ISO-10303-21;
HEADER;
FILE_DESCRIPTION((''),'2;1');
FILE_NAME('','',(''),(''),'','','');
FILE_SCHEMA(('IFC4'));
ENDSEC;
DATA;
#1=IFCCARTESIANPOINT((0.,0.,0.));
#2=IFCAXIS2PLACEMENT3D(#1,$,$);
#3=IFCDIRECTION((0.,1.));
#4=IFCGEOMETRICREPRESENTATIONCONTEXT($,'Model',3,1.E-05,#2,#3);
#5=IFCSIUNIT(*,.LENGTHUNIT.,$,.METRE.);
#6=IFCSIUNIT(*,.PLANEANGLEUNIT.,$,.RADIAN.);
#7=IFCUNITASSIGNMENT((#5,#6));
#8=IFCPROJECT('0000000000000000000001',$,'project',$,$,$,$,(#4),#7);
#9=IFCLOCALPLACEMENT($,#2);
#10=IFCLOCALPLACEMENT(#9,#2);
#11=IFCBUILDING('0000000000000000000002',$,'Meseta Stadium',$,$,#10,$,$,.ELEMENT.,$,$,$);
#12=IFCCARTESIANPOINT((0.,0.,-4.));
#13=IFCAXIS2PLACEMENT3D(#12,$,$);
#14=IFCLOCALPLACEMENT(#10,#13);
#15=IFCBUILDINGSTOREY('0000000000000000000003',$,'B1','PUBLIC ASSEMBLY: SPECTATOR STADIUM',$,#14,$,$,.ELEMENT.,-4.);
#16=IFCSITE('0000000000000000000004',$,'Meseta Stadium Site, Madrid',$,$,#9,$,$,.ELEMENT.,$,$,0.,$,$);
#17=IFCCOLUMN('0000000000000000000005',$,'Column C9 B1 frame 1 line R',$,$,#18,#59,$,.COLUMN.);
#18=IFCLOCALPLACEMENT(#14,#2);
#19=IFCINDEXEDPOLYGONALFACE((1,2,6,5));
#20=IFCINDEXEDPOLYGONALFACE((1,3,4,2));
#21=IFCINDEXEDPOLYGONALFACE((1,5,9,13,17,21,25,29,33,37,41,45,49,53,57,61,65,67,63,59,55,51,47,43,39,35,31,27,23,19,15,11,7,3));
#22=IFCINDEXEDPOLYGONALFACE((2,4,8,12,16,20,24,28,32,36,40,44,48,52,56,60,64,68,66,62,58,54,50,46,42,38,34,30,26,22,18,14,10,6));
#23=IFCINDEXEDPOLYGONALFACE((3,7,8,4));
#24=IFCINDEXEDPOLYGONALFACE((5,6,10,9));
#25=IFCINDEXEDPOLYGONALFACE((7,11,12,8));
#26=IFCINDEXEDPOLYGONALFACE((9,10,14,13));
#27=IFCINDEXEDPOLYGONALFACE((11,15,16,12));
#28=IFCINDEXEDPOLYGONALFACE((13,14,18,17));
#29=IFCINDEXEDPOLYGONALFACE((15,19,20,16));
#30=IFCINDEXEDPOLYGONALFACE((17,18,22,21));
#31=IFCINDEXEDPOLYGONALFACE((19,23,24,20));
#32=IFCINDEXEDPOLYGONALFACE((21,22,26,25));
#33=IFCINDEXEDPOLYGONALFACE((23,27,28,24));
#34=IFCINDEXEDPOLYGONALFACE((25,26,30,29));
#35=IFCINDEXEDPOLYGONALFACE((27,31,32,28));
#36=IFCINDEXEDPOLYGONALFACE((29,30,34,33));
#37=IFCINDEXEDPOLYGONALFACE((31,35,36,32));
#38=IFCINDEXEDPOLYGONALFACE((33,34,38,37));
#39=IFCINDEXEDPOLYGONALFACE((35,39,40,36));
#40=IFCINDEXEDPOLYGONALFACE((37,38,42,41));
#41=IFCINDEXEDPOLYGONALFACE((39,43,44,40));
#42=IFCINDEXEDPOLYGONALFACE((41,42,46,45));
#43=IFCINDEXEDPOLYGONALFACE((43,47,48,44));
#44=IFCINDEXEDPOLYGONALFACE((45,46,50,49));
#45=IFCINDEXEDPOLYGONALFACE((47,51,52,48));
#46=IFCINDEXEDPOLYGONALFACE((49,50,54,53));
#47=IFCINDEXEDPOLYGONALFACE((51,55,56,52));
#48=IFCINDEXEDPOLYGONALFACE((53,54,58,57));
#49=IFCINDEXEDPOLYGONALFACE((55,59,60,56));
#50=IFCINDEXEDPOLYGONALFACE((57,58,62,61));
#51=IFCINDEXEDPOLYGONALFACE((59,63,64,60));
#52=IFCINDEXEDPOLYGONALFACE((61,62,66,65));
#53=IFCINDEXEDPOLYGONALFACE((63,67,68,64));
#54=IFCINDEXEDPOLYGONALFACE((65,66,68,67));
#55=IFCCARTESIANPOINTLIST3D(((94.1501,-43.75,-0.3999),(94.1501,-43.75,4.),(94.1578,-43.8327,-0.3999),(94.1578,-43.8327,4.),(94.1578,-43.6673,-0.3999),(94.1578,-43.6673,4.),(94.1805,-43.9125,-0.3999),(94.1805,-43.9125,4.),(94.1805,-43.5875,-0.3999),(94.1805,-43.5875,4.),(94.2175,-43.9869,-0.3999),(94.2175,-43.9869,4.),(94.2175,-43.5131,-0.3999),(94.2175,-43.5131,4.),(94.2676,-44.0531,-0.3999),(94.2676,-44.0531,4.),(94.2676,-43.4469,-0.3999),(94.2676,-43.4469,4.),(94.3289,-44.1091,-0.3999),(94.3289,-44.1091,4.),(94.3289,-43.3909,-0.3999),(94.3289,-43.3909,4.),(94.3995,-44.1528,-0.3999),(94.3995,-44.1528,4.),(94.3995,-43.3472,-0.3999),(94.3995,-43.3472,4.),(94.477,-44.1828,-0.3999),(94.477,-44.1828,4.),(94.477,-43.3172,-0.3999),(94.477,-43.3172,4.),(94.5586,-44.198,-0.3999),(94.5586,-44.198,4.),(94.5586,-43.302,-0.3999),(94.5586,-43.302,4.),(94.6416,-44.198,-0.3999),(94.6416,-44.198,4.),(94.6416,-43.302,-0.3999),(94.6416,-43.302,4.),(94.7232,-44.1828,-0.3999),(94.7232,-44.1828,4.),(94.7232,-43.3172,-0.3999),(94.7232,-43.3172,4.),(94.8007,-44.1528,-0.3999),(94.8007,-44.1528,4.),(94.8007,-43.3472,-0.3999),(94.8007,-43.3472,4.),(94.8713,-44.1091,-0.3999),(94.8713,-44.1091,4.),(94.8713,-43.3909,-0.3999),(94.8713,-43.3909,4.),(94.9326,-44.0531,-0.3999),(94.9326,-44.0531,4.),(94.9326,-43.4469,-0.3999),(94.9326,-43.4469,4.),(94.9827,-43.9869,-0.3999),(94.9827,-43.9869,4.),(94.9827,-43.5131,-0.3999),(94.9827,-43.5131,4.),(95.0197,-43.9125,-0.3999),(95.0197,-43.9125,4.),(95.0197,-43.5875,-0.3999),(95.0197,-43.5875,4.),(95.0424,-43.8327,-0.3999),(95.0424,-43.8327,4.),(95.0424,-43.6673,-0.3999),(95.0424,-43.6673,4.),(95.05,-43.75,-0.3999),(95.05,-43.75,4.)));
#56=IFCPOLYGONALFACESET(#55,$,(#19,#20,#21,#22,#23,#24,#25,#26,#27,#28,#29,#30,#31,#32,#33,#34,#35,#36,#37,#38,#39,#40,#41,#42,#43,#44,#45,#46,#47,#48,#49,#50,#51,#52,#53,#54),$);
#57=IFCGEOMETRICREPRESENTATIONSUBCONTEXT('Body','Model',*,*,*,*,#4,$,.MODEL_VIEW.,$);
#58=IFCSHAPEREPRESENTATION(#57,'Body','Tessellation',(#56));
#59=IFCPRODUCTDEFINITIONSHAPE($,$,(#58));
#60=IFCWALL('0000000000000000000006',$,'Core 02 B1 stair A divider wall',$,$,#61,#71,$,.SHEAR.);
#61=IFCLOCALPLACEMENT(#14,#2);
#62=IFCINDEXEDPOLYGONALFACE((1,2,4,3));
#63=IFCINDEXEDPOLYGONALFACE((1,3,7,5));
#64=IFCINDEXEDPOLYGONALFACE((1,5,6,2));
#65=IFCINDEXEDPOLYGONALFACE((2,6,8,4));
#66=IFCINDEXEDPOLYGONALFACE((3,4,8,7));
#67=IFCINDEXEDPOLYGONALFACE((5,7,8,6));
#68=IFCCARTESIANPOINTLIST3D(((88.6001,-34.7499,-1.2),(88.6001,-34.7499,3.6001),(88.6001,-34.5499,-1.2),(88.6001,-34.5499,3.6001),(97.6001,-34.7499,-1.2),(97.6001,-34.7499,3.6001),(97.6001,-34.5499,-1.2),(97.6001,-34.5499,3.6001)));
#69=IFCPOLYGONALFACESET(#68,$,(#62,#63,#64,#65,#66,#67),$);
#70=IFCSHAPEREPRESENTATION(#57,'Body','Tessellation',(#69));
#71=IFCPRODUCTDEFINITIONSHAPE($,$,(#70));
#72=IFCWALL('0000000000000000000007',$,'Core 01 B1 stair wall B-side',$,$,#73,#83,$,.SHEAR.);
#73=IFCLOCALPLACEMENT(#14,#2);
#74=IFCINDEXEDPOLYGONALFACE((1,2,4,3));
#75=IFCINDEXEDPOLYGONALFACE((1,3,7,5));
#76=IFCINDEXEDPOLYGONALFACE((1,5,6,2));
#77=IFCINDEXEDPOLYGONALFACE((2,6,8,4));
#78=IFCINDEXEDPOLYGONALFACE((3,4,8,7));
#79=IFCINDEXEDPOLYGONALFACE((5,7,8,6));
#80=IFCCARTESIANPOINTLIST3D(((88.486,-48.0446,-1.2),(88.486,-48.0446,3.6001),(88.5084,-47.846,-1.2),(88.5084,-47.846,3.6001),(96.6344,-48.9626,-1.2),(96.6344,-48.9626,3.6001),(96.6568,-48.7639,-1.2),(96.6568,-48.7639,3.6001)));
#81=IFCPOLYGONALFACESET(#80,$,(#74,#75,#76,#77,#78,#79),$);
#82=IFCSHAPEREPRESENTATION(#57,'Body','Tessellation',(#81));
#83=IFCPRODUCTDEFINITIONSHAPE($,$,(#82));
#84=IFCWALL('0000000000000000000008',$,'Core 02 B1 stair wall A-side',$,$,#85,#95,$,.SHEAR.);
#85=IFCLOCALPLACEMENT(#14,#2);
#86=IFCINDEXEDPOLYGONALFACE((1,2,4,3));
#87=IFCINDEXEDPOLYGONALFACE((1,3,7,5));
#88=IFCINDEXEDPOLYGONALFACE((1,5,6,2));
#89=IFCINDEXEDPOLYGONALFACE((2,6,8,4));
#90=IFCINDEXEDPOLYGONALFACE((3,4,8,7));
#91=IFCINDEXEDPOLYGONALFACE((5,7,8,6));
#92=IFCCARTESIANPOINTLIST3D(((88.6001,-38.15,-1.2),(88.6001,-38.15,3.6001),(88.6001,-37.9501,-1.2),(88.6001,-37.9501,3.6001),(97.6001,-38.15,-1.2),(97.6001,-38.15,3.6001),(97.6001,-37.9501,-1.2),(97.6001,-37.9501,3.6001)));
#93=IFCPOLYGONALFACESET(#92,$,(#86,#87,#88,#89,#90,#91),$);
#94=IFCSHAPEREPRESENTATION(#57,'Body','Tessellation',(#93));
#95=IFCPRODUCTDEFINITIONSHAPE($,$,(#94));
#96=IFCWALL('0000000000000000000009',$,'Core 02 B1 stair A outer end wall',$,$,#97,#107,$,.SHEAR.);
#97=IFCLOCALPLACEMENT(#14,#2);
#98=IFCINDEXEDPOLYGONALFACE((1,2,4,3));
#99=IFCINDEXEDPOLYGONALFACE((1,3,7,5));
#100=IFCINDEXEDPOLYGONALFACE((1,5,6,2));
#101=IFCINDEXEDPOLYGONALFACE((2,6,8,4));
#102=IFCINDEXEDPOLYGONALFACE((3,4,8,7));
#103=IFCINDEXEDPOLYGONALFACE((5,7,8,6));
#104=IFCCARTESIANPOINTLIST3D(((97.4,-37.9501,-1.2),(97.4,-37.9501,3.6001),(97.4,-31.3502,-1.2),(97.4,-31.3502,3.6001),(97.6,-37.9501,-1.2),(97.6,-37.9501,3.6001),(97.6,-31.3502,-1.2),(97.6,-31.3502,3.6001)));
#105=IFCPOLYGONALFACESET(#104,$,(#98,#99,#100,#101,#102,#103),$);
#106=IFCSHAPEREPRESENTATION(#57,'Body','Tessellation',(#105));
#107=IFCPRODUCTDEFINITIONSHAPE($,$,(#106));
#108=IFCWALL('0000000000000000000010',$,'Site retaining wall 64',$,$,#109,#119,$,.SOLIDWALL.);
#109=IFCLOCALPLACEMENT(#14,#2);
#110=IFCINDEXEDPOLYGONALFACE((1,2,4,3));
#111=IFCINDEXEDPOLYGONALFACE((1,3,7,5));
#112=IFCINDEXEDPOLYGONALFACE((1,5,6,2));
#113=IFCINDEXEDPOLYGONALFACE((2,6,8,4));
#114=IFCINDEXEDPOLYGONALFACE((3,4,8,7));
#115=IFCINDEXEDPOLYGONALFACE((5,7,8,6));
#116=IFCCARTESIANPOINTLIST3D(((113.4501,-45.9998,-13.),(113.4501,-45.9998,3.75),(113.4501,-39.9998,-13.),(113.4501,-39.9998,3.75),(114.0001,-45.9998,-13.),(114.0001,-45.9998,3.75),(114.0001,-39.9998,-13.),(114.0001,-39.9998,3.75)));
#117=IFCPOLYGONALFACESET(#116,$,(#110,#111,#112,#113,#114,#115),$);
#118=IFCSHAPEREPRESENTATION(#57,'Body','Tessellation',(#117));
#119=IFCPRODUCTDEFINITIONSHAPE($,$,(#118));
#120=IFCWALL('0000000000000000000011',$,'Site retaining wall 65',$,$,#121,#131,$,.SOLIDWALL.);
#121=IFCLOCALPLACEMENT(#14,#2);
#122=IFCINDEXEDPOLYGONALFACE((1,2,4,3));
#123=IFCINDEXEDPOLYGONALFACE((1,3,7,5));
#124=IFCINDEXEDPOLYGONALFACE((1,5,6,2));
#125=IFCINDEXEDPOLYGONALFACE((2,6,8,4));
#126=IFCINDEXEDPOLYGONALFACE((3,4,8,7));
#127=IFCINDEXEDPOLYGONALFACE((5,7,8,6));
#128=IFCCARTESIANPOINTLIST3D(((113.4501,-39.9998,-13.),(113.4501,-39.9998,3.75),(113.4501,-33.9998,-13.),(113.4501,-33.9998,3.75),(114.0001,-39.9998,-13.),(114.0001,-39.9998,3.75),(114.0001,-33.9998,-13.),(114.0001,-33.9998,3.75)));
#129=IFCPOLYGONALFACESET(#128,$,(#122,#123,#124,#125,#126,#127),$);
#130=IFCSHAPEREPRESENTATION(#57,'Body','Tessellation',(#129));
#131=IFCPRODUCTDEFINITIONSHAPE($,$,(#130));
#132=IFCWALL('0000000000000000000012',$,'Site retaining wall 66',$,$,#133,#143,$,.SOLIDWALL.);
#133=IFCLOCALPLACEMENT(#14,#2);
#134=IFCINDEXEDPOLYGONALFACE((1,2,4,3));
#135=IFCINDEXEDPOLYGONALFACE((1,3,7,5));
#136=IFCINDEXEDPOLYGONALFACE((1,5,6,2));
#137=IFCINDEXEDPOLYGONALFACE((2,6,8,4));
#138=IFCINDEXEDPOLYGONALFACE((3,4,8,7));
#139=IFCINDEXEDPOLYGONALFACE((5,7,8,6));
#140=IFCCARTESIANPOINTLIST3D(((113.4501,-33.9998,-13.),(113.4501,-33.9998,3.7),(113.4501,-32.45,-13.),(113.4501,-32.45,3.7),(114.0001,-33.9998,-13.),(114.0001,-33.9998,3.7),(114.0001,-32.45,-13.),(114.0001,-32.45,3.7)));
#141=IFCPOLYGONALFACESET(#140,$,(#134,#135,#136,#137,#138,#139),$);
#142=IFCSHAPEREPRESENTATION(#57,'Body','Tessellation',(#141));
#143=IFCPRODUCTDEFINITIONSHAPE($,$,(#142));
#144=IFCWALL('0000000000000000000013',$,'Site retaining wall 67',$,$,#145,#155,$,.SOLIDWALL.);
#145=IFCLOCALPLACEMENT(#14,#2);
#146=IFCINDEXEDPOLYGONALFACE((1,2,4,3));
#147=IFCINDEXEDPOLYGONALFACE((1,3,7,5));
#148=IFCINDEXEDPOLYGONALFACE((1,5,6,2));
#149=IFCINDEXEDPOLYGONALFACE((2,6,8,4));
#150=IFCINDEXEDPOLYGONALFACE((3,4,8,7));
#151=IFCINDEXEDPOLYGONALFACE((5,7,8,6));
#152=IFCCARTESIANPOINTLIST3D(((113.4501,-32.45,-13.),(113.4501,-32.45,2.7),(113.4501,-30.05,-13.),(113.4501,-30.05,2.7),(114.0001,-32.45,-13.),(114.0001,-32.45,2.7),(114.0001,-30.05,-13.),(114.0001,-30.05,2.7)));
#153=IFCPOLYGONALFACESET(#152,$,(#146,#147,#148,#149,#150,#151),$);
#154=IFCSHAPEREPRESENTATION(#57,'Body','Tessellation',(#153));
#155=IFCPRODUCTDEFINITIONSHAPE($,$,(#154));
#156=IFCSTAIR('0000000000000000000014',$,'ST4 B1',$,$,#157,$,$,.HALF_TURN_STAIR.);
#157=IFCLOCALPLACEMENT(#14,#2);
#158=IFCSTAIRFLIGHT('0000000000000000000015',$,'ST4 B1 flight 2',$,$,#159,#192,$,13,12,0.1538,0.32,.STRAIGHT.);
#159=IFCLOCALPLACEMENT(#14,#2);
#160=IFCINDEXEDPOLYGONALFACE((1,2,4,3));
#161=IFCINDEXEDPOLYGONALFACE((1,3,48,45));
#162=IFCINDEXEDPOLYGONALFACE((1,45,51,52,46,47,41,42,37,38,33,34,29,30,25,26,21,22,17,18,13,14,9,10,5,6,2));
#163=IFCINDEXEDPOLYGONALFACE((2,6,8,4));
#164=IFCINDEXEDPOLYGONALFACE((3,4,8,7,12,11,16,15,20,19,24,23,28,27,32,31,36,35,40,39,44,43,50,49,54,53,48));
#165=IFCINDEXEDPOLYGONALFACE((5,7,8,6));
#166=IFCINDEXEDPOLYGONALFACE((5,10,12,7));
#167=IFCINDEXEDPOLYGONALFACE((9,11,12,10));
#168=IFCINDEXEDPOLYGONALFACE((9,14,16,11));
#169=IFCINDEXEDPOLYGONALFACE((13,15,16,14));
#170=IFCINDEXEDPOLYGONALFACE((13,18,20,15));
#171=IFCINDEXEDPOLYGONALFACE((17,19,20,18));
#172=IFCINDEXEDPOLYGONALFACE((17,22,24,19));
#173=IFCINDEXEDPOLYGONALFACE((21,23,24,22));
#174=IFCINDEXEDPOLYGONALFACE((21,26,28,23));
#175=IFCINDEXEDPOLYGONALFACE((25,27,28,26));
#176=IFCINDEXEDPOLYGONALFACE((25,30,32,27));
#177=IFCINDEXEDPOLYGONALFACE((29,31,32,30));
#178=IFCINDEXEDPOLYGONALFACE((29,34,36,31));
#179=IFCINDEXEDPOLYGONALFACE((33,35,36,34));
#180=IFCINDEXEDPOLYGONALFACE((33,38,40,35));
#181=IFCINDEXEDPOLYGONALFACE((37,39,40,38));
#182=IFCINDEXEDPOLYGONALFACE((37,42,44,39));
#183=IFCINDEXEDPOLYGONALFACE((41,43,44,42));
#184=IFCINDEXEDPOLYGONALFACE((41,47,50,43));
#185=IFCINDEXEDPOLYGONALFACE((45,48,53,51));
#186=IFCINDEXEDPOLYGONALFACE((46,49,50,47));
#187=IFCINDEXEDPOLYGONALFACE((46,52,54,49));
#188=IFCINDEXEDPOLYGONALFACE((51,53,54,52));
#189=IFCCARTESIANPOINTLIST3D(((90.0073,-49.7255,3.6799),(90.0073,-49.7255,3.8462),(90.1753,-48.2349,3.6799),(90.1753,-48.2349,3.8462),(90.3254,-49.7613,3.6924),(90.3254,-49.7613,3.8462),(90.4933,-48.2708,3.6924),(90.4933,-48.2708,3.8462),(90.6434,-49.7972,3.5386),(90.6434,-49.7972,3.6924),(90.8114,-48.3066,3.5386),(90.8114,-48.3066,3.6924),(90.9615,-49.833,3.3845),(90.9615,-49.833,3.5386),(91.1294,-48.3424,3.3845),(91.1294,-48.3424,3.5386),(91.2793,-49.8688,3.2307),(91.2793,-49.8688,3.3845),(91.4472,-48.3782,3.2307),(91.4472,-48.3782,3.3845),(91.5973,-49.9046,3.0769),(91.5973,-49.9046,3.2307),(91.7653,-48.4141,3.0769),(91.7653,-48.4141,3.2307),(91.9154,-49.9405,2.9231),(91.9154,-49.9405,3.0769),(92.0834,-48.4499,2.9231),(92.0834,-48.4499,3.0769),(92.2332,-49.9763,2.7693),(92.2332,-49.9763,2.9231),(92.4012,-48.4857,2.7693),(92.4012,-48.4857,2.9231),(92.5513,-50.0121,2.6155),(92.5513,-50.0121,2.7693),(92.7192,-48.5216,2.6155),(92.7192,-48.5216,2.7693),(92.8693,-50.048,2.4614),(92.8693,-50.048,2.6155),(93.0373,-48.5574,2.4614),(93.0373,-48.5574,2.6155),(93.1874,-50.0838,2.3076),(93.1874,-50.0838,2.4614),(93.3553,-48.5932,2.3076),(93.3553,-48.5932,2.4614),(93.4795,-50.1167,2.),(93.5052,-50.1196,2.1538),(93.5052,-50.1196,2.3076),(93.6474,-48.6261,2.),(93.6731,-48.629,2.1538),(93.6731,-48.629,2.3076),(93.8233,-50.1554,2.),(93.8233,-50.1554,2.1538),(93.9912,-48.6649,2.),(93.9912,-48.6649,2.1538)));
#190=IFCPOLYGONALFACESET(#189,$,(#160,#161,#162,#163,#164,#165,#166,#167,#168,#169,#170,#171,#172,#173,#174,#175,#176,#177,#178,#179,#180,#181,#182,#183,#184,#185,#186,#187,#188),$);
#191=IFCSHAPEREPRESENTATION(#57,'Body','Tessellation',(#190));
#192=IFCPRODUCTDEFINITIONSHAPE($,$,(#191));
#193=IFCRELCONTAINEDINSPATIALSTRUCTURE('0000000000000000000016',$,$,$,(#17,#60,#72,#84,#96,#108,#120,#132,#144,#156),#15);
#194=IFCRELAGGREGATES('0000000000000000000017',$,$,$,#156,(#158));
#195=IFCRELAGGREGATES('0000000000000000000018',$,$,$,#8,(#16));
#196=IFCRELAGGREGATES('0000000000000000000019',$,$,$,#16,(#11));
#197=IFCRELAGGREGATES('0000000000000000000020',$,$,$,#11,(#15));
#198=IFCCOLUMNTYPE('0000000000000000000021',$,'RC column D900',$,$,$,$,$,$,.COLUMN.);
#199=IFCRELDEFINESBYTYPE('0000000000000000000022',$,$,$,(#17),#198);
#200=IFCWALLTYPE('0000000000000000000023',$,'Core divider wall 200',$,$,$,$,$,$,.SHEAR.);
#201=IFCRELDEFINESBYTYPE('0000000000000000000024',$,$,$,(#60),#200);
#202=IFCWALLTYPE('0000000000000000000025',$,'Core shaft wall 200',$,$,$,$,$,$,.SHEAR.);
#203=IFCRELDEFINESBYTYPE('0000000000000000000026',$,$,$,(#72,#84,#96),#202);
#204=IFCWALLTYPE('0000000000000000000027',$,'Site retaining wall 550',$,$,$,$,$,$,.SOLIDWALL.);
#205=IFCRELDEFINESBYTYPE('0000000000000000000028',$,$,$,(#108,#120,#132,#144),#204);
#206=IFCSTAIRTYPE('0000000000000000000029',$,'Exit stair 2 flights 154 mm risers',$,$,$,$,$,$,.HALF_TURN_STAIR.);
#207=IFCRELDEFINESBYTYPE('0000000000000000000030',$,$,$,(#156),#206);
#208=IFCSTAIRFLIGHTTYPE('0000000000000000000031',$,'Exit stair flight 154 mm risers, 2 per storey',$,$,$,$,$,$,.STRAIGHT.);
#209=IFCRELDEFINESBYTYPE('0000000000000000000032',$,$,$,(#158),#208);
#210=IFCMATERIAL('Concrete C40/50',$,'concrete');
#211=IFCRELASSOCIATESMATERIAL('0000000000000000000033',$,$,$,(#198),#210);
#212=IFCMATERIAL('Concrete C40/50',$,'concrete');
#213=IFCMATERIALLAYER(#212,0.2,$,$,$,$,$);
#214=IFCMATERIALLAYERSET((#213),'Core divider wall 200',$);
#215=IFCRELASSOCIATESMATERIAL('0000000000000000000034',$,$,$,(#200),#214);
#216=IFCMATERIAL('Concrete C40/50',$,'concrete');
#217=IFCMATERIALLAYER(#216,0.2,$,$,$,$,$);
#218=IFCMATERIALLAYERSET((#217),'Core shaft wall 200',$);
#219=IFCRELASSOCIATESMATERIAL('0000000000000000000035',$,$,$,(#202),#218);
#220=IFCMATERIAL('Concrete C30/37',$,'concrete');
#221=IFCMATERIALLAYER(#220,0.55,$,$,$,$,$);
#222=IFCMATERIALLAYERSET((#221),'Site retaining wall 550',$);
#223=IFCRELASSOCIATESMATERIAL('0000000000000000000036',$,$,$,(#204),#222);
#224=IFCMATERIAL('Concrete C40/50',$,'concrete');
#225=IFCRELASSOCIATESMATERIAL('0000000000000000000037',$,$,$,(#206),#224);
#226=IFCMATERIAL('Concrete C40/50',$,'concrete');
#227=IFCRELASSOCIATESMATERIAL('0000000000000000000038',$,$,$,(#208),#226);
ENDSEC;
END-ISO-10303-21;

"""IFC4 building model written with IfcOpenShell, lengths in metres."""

from ifc_helpers import new_model, si_unit, direction, frame, frame_2d, origin, origin_2d, place, context, subcontext, project, spatial, polyline, rectangle, circle, outline, extrude, material, layer, layer_set, material_profile, profile_set, type_object, element, aggregate, save


model = new_model("IFC4")

# Units and contexts
model_context = context("Model", 3, precision=1e-05, world=origin(), true_north=direction((0.0, 1.0)))
body_context = subcontext(model_context, "Body", "Model", "MODEL_VIEW")
ifc_project = project(units=[si_unit("LENGTHUNIT", "METRE"), si_unit("PLANEANGLEUNIT", "RADIAN")], contexts=[model_context])

# Site, building, storey
site_placement = place(None, origin())
site = spatial("IfcSite", under=ifc_project, at=site_placement, Name="Meseta Stadium Site, Madrid", CompositionType="ELEMENT", RefElevation=0.0)
building_placement = place(site_placement, origin())
building = spatial("IfcBuilding", under=site, at=building_placement, Name="Meseta Stadium", CompositionType="ELEMENT")
storey_placement = place(building_placement, frame((0.0, 0.0, -4.0)))
storey = spatial("IfcBuildingStorey", under=building, at=storey_placement, Name="B1", Description="PUBLIC ASSEMBLY: SPECTATOR STADIUM", CompositionType="ELEMENT", Elevation=-4.0)

# Column
ifc_material_1 = material(Name="Concrete C40/50", Category="concrete")
ifc_material_profile = material_profile(ifc_material_1, circle(Radius=0.45, at=origin_2d()), Name="RC D900")
ifc_profile_set = profile_set([ifc_material_profile], Name="Concrete C40/50")
column_type = type_object("IfcColumnType", Name="RC column D900", PredefinedType="COLUMN", material=ifc_profile_set)
column_placement = place(storey_placement, frame((94.6001, -43.75, -0.3999), z_axis=(0.0, 0.0, 1.0), x_axis=(1.0, 0.0, 0.0)))
element("IfcColumn", 1, at=column_placement, inside=storey, type_object=column_type, Name="Column C9 B1 frame 1 line R", PredefinedType="COLUMN", context=body_context, shape_type="SweptSolid", body=[
    extrude(circle(Radius=0.45, at=origin_2d()), origin(), (0.0, 0.0, 1.0), 4.3999),
])

# Walls
ifc_material_2 = material(Name="Concrete C40/50", Category="concrete")
ifc_layer_1 = layer(ifc_material_2, 0.2)
ifc_layer_set_1 = layer_set([ifc_layer_1], Name="Core divider wall 200")
wall_type_1 = type_object("IfcWallType", Name="Core divider wall 200", PredefinedType="SHEAR", material=ifc_layer_set_1)
wall_1_placement = place(storey_placement, frame((97.6001, -34.6499, -1.2), z_axis=(0.0, 0.0, 1.0), x_axis=(-1.0, 0.0, 0.0)))
element("IfcWall", 2, at=wall_1_placement, inside=storey, type_object=wall_type_1, Name="Core 02 B1 stair A divider wall", PredefinedType="SHEAR", context=body_context, shape_type="SweptSolid", body=[
    extrude(rectangle(XDim=9.0, YDim=0.2, at=frame_2d((4.5, 0.0))), origin(), (0.0, 0.0, 1.0), 4.8),
])
ifc_material_3 = material(Name="Concrete C40/50", Category="concrete")
ifc_layer_2 = layer(ifc_material_3, 0.2)
ifc_layer_set_2 = layer_set([ifc_layer_2], Name="Core shaft wall 200")
wall_type_2 = type_object("IfcWallType", Name="Core shaft wall 200", PredefinedType="SHEAR", material=ifc_layer_set_2)
wall_2_placement = place(storey_placement, frame((96.6458, -48.8633, -1.2), z_axis=(0.0, 0.0, 1.0), x_axis=(-0.993714, 0.111948, 0.0)))
element("IfcWall", 3, at=wall_2_placement, inside=storey, type_object=wall_type_2, Name="Core 01 B1 stair wall B-side", PredefinedType="SHEAR", context=body_context, shape_type="SweptSolid", body=[
    extrude(rectangle(XDim=8.2, YDim=0.2, at=frame_2d((4.1001, 0.0))), origin(), (0.0, 0.0, 1.0), 4.8),
])
wall_3_placement = place(storey_placement, frame((97.6001, -38.05, -1.2), z_axis=(0.0, 0.0, 1.0), x_axis=(-1.0, 0.0, 0.0)))
element("IfcWall", 4, at=wall_3_placement, inside=storey, type_object=wall_type_2, Name="Core 02 B1 stair wall A-side", PredefinedType="SHEAR", context=body_context, shape_type="SweptSolid", body=[
    extrude(rectangle(XDim=9.0, YDim=0.2, at=frame_2d((4.5, 0.0))), origin(), (0.0, 0.0, 1.0), 4.8),
])
wall_4_placement = place(storey_placement, frame((97.5, -37.95, -1.2), z_axis=(0.0, 0.0, 1.0), x_axis=(0.0, 1.0, 0.0)))
element("IfcWall", 5, at=wall_4_placement, inside=storey, type_object=wall_type_2, Name="Core 02 B1 stair A outer end wall", PredefinedType="SHEAR", context=body_context, shape_type="SweptSolid", body=[
    extrude(rectangle(XDim=6.5999, YDim=0.2, at=frame_2d((3.2998, 0.0))), origin(), (0.0, 0.0, 1.0), 4.8),
])
ifc_material_4 = material(Name="Concrete C30/37", Category="concrete")
ifc_layer_3 = layer(ifc_material_4, 0.55)
ifc_layer_set_3 = layer_set([ifc_layer_3], Name="Site retaining wall 550")
wall_type_3 = type_object("IfcWallType", Name="Site retaining wall 550", PredefinedType="SOLIDWALL", material=ifc_layer_set_3)
for number, where, z_axis, x_axis, name in (
    (6, (113.7251, -45.9998, -13.0), (0.0, 0.0, 1.0), (0.0, 1.0, 0.0), "Site retaining wall 64"),
    (7, (113.7251, -39.9998, -13.0), (0.0, 0.0, 1.0), (0.0, 1.0, 0.0), "Site retaining wall 65"),
):
    element("IfcWall", number, at=place(storey_placement, frame(where, z_axis=z_axis, x_axis=x_axis)), inside=storey, type_object=wall_type_3, Name=name, PredefinedType="SOLIDWALL", context=body_context, shape_type="SweptSolid", body=[
        extrude(rectangle(XDim=6.0, YDim=0.55, at=frame_2d((3.0, 0.0))), origin(), (0.0, 0.0, 1.0), 16.75),
    ])
wall_5_placement = place(storey_placement, frame((113.7251, -33.9998, -13.0), z_axis=(0.0, 0.0, 1.0), x_axis=(0.0, 1.0, 0.0)))
element("IfcWall", 8, at=wall_5_placement, inside=storey, type_object=wall_type_3, Name="Site retaining wall 66", PredefinedType="SOLIDWALL", context=body_context, shape_type="SweptSolid", body=[
    extrude(rectangle(XDim=1.5498, YDim=0.55, at=frame_2d((0.7749, 0.0))), origin(), (0.0, 0.0, 1.0), 16.7),
])
wall_6_placement = place(storey_placement, frame((113.7251, -32.45, -13.0), z_axis=(0.0, 0.0, 1.0), x_axis=(0.0, 1.0, 0.0)))
element("IfcWall", 9, at=wall_6_placement, inside=storey, type_object=wall_type_3, Name="Site retaining wall 67", PredefinedType="SOLIDWALL", context=body_context, shape_type="SweptSolid", body=[
    extrude(rectangle(XDim=2.3999, YDim=0.55, at=frame_2d((1.2, 0.0))), origin(), (0.0, 0.0, 1.0), 15.7),
])

# Stair, stair flight
ifc_material_5 = material(Name="Concrete C40/50", Category="concrete")
stair_type = type_object("IfcStairType", Name="Exit stair 2 flights 154 mm risers", PredefinedType="HALF_TURN_STAIR", material=ifc_material_5)
stair_1_placement = place(storey_placement, origin())
stair_1 = element("IfcStair", 10, at=stair_1_placement, inside=storey, type_object=stair_type, Name="ST4 B1", PredefinedType="HALF_TURN_STAIR")
ifc_material_6 = material(Name="Concrete C40/50", Category="concrete")
stair_flight_type = type_object("IfcStairFlightType", Name="Exit stair flight 154 mm risers, 2 per storey", PredefinedType="STRAIGHT", material=ifc_material_6)
stair_flight_1_placement = place(storey_placement, frame((93.9072, -49.4102, 2.0), z_axis=(0.0, 0.0, 1.0), x_axis=(-0.993712, 0.111964, 0.0)))
stair_flight_1 = element("IfcStairFlight", 11, at=stair_flight_1_placement, type_object=stair_flight_type, Name="ST4 B1 flight 2", NumberOfRisers=13, NumberOfTreads=12, PredefinedType="STRAIGHT", RiserHeight=0.1538, TreadLength=0.32, context=body_context, shape_type="SweptSolid", body=[
    extrude(outline(polyline([(0.0, 0.0), (0.0, 0.1538), (0.3201, 0.1538), (0.3201, 0.3076), (0.6399, 0.3076), (0.6399, 0.4614), (0.96, 0.4614), (0.96, 0.6155), (1.28, 0.6155), (1.28, 0.7693), (1.6001, 0.7693), (1.6001, 0.9231), (1.9199, 0.9231), (1.9199, 1.0769), (2.24, 1.0769), (2.24, 1.2307), (2.5601, 1.2307), (2.5601, 1.3845), (2.8799, 1.3845), (2.8799, 1.5386), (3.2, 1.5386), (3.2, 1.6924), (3.52, 1.6924), (3.52, 1.8462), (3.8401, 1.8462), (3.8401, 1.6799), (0.3459, 0.0), (0.0, 0.0)])), frame((0.0, 0.75, 0.0), z_axis=(0.0, -1.0, 0.0), x_axis=(1.0, 0.0, 0.0)), (0.0, 0.0, 1.0), 1.5),
])
aggregate(stair_1, [stair_flight_1])

save(model, "model.ifc")
